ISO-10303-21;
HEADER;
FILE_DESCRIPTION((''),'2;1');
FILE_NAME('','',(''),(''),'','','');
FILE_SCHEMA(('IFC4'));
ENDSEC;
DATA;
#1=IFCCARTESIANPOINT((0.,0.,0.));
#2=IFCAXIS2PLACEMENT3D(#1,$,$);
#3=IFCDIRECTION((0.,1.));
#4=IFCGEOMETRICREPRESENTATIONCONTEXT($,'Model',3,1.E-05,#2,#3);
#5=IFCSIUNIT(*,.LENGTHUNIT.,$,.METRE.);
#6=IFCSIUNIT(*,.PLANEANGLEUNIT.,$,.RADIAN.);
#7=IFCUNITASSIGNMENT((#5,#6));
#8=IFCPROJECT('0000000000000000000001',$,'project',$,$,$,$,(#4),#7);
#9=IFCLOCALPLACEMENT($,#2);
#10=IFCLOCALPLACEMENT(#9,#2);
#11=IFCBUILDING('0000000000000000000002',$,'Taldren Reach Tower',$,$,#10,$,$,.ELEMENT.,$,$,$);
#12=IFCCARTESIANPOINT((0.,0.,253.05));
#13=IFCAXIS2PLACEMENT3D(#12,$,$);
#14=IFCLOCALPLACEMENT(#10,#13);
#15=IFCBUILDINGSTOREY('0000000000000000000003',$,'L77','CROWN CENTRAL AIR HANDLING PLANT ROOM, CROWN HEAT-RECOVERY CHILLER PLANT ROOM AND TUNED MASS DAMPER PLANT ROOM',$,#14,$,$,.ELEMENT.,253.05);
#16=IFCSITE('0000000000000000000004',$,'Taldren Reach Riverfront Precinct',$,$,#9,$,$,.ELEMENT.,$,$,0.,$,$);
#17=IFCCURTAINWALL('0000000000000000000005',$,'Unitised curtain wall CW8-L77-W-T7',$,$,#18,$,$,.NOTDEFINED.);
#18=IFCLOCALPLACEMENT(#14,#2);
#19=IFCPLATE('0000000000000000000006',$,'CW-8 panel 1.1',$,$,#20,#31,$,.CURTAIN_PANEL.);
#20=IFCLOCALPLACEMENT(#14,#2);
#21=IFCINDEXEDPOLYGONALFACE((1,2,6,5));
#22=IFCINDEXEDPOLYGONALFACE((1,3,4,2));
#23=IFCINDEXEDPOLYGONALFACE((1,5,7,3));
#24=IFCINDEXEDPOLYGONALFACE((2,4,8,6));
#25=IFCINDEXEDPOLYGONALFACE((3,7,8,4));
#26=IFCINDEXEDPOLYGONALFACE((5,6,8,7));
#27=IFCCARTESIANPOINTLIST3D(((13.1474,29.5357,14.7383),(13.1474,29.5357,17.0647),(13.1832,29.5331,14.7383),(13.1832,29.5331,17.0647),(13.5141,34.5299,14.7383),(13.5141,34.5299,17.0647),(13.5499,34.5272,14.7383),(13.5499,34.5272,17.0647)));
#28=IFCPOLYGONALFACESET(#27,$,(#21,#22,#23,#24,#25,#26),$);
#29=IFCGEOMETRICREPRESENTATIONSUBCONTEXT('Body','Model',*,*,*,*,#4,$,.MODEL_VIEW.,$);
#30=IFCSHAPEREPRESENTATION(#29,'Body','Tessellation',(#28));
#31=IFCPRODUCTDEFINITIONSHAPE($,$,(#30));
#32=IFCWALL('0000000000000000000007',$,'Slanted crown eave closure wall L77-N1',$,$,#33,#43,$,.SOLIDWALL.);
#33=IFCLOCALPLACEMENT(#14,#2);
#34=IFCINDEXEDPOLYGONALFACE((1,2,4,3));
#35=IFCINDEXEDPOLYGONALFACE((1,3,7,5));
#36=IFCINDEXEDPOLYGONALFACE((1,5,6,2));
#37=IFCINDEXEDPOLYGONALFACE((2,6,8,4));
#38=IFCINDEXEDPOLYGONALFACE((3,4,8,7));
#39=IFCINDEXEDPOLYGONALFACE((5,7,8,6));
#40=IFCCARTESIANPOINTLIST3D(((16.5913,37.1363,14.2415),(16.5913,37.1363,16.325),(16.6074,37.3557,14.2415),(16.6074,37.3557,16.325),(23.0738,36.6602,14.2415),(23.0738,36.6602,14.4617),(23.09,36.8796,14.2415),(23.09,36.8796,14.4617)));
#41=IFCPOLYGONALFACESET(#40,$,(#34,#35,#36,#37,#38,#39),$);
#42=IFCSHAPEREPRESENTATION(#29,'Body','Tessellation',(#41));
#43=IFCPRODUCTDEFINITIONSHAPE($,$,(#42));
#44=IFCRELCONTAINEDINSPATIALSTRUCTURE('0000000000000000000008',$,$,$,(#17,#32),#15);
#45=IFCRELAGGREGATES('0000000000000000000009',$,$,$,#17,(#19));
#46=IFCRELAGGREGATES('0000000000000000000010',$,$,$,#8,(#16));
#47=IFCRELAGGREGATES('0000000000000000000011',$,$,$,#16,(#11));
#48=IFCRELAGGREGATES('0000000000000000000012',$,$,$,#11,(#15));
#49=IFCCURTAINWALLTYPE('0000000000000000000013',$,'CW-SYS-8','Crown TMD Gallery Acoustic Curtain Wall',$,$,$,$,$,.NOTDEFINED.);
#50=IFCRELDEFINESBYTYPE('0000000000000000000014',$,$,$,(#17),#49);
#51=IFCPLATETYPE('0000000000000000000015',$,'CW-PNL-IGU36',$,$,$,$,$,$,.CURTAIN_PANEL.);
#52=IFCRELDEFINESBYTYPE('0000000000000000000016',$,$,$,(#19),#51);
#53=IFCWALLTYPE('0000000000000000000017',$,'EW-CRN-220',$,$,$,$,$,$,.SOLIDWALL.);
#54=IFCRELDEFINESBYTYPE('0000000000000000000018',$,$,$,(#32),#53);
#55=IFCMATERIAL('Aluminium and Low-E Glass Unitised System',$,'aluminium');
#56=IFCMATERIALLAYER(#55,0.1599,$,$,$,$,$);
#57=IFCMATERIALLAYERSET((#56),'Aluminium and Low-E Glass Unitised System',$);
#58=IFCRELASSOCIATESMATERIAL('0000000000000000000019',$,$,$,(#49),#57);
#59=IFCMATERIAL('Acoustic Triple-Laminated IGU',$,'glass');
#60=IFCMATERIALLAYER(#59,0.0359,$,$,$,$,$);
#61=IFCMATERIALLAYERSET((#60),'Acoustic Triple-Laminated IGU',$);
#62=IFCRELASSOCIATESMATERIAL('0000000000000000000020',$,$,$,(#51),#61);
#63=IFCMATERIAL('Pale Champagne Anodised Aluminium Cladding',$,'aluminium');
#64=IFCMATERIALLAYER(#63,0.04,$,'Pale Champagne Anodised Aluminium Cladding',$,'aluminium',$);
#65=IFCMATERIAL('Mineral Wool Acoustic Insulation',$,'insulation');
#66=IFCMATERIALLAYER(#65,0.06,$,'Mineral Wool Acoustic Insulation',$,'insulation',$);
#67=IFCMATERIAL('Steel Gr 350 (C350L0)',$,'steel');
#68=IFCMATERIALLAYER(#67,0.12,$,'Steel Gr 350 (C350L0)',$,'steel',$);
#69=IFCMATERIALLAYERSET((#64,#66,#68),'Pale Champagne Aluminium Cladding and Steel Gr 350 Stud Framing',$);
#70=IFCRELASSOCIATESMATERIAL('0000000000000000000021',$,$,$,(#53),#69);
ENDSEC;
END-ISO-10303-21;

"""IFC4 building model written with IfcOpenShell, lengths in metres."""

from ifc_helpers import new_model, si_unit, direction, frame, origin, origin_2d, place, context, subcontext, project, spatial, polyline, rectangle, outline, extrude, source, transform, mapped, material, layer, layer_set, type_object, element, aggregate, save


model = new_model("IFC4")

# Units and contexts
model_context = context("Model", 3, precision=1e-05, world=origin(), true_north=direction((0.0, 1.0)))
body_context = subcontext(model_context, "Body", "Model", "MODEL_VIEW")
ifc_project = project(units=[si_unit("LENGTHUNIT", "METRE"), si_unit("PLANEANGLEUNIT", "RADIAN")], contexts=[model_context])

# Site, building, storey
site_placement = place(None, origin())
site = spatial("IfcSite", under=ifc_project, at=site_placement, Name="Taldren Reach Riverfront Precinct", CompositionType="ELEMENT", RefElevation=0.0)
building_placement = place(site_placement, origin())
building = spatial("IfcBuilding", under=site, at=building_placement, Name="Taldren Reach Tower", CompositionType="ELEMENT")
storey_placement = place(building_placement, frame((0.0, 0.0, 253.05)))
storey = spatial("IfcBuildingStorey", under=building, at=storey_placement, Name="L77", Description="CROWN CENTRAL AIR HANDLING PLANT ROOM, CROWN HEAT-RECOVERY CHILLER PLANT ROOM AND TUNED MASS DAMPER PLANT ROOM", CompositionType="ELEMENT", Elevation=253.05)

# Shared definitions
ifc_material_1 = material(Name="Steel Gr 350 (C350L0)", Category="steel")

# Shared definitions
ifc_material_2 = material(Name="Aluminium and Low-E Glass Unitised System", Category="aluminium")
ifc_layer_1 = layer(ifc_material_2, 0.1599)
ifc_layer_set_1 = layer_set([ifc_layer_1], Name="Aluminium and Low-E Glass Unitised System")
curtain_wall_type = type_object("IfcCurtainWallType", Name="CW-SYS-8", Description="Crown TMD Gallery Acoustic Curtain Wall", PredefinedType="NOTDEFINED", material=ifc_layer_set_1)

# Curtain wall
curtain_wall_1_placement = place(storey_placement, origin())
curtain_wall_1 = element("IfcCurtainWall", 1, at=curtain_wall_1_placement, inside=storey, type_object=curtain_wall_type, Name="Unitised curtain wall CW8-L77-W-T7", PredefinedType="NOTDEFINED")

# Plate
ifc_material_3 = material(Name="Acoustic Triple-Laminated IGU", Category="glass")
ifc_layer_2 = layer(ifc_material_3, 0.0359)
ifc_layer_set_2 = layer_set([ifc_layer_2], Name="Acoustic Triple-Laminated IGU")
plate_type_1 = type_object("IfcPlateType", Name="CW-PNL-IGU36", PredefinedType="CURTAIN_PANEL", material=ifc_layer_set_2)
shared_shape_1 = source(origin(), body_context, "Body", "SweptSolid", [
    extrude(rectangle(XDim=5.0076, YDim=0.0359, at=origin_2d()), origin(), (0.0, 0.0, 1.0), 2.3264),
])
plate_1_placement = place(storey_placement, frame((13.3486, 32.0315, 14.7383), z_axis=(0.0, 0.0, 1.0), x_axis=(-0.073238, -0.997314, 0.0)))
plate_1 = element("IfcPlate", 2, at=plate_1_placement, type_object=plate_type_1, Name="CW-8 panel 1.1", PredefinedType="CURTAIN_PANEL", context=body_context, shape_type="MappedRepresentation", body=[
    mapped(shared_shape_1, transform((0.0, 0.0, 0.0), scale=1.0)),
])
aggregate(curtain_wall_1, [plate_1])

# Wall
ifc_material_4 = material(Name="Pale Champagne Anodised Aluminium Cladding", Category="aluminium")
ifc_layer_3 = layer(ifc_material_4, 0.04, Name="Pale Champagne Anodised Aluminium Cladding", Category="aluminium")
ifc_material_5 = material(Name="Mineral Wool Acoustic Insulation", Category="insulation")
ifc_layer_4 = layer(ifc_material_5, 0.06, Name="Mineral Wool Acoustic Insulation", Category="insulation")
ifc_layer_5 = layer(ifc_material_1, 0.12, Name="Steel Gr 350 (C350L0)", Category="steel")
ifc_layer_set_3 = layer_set([ifc_layer_3, ifc_layer_4, ifc_layer_5], Name="Pale Champagne Aluminium Cladding and Steel Gr 350 Stud Framing")
wall_type = type_object("IfcWallType", Name="EW-CRN-220", PredefinedType="SOLIDWALL", material=ifc_layer_set_3)
wall_placement = place(storey_placement, frame((16.5994, 37.2461, 14.2415), z_axis=(0.0, 0.0, 1.0), x_axis=(0.997314, -0.073244, 0.0)))
element("IfcWall", 3, at=wall_placement, inside=storey, type_object=wall_type, Name="Slanted crown eave closure wall L77-N1", PredefinedType="SOLIDWALL", context=body_context, shape_type="SweptSolid", body=[
    extrude(outline(polyline([(0.0, 0.0), (6.5, 0.0), (6.5, 0.2202), (0.0, 2.0835), (0.0, 0.0)])), frame((0.0, 0.1099, 0.0), z_axis=(0.0, -1.0, 0.0), x_axis=(1.0, 0.0, 0.0)), (0.0, 0.0, 1.0), 0.22),
])

save(model, "model.ifc")
